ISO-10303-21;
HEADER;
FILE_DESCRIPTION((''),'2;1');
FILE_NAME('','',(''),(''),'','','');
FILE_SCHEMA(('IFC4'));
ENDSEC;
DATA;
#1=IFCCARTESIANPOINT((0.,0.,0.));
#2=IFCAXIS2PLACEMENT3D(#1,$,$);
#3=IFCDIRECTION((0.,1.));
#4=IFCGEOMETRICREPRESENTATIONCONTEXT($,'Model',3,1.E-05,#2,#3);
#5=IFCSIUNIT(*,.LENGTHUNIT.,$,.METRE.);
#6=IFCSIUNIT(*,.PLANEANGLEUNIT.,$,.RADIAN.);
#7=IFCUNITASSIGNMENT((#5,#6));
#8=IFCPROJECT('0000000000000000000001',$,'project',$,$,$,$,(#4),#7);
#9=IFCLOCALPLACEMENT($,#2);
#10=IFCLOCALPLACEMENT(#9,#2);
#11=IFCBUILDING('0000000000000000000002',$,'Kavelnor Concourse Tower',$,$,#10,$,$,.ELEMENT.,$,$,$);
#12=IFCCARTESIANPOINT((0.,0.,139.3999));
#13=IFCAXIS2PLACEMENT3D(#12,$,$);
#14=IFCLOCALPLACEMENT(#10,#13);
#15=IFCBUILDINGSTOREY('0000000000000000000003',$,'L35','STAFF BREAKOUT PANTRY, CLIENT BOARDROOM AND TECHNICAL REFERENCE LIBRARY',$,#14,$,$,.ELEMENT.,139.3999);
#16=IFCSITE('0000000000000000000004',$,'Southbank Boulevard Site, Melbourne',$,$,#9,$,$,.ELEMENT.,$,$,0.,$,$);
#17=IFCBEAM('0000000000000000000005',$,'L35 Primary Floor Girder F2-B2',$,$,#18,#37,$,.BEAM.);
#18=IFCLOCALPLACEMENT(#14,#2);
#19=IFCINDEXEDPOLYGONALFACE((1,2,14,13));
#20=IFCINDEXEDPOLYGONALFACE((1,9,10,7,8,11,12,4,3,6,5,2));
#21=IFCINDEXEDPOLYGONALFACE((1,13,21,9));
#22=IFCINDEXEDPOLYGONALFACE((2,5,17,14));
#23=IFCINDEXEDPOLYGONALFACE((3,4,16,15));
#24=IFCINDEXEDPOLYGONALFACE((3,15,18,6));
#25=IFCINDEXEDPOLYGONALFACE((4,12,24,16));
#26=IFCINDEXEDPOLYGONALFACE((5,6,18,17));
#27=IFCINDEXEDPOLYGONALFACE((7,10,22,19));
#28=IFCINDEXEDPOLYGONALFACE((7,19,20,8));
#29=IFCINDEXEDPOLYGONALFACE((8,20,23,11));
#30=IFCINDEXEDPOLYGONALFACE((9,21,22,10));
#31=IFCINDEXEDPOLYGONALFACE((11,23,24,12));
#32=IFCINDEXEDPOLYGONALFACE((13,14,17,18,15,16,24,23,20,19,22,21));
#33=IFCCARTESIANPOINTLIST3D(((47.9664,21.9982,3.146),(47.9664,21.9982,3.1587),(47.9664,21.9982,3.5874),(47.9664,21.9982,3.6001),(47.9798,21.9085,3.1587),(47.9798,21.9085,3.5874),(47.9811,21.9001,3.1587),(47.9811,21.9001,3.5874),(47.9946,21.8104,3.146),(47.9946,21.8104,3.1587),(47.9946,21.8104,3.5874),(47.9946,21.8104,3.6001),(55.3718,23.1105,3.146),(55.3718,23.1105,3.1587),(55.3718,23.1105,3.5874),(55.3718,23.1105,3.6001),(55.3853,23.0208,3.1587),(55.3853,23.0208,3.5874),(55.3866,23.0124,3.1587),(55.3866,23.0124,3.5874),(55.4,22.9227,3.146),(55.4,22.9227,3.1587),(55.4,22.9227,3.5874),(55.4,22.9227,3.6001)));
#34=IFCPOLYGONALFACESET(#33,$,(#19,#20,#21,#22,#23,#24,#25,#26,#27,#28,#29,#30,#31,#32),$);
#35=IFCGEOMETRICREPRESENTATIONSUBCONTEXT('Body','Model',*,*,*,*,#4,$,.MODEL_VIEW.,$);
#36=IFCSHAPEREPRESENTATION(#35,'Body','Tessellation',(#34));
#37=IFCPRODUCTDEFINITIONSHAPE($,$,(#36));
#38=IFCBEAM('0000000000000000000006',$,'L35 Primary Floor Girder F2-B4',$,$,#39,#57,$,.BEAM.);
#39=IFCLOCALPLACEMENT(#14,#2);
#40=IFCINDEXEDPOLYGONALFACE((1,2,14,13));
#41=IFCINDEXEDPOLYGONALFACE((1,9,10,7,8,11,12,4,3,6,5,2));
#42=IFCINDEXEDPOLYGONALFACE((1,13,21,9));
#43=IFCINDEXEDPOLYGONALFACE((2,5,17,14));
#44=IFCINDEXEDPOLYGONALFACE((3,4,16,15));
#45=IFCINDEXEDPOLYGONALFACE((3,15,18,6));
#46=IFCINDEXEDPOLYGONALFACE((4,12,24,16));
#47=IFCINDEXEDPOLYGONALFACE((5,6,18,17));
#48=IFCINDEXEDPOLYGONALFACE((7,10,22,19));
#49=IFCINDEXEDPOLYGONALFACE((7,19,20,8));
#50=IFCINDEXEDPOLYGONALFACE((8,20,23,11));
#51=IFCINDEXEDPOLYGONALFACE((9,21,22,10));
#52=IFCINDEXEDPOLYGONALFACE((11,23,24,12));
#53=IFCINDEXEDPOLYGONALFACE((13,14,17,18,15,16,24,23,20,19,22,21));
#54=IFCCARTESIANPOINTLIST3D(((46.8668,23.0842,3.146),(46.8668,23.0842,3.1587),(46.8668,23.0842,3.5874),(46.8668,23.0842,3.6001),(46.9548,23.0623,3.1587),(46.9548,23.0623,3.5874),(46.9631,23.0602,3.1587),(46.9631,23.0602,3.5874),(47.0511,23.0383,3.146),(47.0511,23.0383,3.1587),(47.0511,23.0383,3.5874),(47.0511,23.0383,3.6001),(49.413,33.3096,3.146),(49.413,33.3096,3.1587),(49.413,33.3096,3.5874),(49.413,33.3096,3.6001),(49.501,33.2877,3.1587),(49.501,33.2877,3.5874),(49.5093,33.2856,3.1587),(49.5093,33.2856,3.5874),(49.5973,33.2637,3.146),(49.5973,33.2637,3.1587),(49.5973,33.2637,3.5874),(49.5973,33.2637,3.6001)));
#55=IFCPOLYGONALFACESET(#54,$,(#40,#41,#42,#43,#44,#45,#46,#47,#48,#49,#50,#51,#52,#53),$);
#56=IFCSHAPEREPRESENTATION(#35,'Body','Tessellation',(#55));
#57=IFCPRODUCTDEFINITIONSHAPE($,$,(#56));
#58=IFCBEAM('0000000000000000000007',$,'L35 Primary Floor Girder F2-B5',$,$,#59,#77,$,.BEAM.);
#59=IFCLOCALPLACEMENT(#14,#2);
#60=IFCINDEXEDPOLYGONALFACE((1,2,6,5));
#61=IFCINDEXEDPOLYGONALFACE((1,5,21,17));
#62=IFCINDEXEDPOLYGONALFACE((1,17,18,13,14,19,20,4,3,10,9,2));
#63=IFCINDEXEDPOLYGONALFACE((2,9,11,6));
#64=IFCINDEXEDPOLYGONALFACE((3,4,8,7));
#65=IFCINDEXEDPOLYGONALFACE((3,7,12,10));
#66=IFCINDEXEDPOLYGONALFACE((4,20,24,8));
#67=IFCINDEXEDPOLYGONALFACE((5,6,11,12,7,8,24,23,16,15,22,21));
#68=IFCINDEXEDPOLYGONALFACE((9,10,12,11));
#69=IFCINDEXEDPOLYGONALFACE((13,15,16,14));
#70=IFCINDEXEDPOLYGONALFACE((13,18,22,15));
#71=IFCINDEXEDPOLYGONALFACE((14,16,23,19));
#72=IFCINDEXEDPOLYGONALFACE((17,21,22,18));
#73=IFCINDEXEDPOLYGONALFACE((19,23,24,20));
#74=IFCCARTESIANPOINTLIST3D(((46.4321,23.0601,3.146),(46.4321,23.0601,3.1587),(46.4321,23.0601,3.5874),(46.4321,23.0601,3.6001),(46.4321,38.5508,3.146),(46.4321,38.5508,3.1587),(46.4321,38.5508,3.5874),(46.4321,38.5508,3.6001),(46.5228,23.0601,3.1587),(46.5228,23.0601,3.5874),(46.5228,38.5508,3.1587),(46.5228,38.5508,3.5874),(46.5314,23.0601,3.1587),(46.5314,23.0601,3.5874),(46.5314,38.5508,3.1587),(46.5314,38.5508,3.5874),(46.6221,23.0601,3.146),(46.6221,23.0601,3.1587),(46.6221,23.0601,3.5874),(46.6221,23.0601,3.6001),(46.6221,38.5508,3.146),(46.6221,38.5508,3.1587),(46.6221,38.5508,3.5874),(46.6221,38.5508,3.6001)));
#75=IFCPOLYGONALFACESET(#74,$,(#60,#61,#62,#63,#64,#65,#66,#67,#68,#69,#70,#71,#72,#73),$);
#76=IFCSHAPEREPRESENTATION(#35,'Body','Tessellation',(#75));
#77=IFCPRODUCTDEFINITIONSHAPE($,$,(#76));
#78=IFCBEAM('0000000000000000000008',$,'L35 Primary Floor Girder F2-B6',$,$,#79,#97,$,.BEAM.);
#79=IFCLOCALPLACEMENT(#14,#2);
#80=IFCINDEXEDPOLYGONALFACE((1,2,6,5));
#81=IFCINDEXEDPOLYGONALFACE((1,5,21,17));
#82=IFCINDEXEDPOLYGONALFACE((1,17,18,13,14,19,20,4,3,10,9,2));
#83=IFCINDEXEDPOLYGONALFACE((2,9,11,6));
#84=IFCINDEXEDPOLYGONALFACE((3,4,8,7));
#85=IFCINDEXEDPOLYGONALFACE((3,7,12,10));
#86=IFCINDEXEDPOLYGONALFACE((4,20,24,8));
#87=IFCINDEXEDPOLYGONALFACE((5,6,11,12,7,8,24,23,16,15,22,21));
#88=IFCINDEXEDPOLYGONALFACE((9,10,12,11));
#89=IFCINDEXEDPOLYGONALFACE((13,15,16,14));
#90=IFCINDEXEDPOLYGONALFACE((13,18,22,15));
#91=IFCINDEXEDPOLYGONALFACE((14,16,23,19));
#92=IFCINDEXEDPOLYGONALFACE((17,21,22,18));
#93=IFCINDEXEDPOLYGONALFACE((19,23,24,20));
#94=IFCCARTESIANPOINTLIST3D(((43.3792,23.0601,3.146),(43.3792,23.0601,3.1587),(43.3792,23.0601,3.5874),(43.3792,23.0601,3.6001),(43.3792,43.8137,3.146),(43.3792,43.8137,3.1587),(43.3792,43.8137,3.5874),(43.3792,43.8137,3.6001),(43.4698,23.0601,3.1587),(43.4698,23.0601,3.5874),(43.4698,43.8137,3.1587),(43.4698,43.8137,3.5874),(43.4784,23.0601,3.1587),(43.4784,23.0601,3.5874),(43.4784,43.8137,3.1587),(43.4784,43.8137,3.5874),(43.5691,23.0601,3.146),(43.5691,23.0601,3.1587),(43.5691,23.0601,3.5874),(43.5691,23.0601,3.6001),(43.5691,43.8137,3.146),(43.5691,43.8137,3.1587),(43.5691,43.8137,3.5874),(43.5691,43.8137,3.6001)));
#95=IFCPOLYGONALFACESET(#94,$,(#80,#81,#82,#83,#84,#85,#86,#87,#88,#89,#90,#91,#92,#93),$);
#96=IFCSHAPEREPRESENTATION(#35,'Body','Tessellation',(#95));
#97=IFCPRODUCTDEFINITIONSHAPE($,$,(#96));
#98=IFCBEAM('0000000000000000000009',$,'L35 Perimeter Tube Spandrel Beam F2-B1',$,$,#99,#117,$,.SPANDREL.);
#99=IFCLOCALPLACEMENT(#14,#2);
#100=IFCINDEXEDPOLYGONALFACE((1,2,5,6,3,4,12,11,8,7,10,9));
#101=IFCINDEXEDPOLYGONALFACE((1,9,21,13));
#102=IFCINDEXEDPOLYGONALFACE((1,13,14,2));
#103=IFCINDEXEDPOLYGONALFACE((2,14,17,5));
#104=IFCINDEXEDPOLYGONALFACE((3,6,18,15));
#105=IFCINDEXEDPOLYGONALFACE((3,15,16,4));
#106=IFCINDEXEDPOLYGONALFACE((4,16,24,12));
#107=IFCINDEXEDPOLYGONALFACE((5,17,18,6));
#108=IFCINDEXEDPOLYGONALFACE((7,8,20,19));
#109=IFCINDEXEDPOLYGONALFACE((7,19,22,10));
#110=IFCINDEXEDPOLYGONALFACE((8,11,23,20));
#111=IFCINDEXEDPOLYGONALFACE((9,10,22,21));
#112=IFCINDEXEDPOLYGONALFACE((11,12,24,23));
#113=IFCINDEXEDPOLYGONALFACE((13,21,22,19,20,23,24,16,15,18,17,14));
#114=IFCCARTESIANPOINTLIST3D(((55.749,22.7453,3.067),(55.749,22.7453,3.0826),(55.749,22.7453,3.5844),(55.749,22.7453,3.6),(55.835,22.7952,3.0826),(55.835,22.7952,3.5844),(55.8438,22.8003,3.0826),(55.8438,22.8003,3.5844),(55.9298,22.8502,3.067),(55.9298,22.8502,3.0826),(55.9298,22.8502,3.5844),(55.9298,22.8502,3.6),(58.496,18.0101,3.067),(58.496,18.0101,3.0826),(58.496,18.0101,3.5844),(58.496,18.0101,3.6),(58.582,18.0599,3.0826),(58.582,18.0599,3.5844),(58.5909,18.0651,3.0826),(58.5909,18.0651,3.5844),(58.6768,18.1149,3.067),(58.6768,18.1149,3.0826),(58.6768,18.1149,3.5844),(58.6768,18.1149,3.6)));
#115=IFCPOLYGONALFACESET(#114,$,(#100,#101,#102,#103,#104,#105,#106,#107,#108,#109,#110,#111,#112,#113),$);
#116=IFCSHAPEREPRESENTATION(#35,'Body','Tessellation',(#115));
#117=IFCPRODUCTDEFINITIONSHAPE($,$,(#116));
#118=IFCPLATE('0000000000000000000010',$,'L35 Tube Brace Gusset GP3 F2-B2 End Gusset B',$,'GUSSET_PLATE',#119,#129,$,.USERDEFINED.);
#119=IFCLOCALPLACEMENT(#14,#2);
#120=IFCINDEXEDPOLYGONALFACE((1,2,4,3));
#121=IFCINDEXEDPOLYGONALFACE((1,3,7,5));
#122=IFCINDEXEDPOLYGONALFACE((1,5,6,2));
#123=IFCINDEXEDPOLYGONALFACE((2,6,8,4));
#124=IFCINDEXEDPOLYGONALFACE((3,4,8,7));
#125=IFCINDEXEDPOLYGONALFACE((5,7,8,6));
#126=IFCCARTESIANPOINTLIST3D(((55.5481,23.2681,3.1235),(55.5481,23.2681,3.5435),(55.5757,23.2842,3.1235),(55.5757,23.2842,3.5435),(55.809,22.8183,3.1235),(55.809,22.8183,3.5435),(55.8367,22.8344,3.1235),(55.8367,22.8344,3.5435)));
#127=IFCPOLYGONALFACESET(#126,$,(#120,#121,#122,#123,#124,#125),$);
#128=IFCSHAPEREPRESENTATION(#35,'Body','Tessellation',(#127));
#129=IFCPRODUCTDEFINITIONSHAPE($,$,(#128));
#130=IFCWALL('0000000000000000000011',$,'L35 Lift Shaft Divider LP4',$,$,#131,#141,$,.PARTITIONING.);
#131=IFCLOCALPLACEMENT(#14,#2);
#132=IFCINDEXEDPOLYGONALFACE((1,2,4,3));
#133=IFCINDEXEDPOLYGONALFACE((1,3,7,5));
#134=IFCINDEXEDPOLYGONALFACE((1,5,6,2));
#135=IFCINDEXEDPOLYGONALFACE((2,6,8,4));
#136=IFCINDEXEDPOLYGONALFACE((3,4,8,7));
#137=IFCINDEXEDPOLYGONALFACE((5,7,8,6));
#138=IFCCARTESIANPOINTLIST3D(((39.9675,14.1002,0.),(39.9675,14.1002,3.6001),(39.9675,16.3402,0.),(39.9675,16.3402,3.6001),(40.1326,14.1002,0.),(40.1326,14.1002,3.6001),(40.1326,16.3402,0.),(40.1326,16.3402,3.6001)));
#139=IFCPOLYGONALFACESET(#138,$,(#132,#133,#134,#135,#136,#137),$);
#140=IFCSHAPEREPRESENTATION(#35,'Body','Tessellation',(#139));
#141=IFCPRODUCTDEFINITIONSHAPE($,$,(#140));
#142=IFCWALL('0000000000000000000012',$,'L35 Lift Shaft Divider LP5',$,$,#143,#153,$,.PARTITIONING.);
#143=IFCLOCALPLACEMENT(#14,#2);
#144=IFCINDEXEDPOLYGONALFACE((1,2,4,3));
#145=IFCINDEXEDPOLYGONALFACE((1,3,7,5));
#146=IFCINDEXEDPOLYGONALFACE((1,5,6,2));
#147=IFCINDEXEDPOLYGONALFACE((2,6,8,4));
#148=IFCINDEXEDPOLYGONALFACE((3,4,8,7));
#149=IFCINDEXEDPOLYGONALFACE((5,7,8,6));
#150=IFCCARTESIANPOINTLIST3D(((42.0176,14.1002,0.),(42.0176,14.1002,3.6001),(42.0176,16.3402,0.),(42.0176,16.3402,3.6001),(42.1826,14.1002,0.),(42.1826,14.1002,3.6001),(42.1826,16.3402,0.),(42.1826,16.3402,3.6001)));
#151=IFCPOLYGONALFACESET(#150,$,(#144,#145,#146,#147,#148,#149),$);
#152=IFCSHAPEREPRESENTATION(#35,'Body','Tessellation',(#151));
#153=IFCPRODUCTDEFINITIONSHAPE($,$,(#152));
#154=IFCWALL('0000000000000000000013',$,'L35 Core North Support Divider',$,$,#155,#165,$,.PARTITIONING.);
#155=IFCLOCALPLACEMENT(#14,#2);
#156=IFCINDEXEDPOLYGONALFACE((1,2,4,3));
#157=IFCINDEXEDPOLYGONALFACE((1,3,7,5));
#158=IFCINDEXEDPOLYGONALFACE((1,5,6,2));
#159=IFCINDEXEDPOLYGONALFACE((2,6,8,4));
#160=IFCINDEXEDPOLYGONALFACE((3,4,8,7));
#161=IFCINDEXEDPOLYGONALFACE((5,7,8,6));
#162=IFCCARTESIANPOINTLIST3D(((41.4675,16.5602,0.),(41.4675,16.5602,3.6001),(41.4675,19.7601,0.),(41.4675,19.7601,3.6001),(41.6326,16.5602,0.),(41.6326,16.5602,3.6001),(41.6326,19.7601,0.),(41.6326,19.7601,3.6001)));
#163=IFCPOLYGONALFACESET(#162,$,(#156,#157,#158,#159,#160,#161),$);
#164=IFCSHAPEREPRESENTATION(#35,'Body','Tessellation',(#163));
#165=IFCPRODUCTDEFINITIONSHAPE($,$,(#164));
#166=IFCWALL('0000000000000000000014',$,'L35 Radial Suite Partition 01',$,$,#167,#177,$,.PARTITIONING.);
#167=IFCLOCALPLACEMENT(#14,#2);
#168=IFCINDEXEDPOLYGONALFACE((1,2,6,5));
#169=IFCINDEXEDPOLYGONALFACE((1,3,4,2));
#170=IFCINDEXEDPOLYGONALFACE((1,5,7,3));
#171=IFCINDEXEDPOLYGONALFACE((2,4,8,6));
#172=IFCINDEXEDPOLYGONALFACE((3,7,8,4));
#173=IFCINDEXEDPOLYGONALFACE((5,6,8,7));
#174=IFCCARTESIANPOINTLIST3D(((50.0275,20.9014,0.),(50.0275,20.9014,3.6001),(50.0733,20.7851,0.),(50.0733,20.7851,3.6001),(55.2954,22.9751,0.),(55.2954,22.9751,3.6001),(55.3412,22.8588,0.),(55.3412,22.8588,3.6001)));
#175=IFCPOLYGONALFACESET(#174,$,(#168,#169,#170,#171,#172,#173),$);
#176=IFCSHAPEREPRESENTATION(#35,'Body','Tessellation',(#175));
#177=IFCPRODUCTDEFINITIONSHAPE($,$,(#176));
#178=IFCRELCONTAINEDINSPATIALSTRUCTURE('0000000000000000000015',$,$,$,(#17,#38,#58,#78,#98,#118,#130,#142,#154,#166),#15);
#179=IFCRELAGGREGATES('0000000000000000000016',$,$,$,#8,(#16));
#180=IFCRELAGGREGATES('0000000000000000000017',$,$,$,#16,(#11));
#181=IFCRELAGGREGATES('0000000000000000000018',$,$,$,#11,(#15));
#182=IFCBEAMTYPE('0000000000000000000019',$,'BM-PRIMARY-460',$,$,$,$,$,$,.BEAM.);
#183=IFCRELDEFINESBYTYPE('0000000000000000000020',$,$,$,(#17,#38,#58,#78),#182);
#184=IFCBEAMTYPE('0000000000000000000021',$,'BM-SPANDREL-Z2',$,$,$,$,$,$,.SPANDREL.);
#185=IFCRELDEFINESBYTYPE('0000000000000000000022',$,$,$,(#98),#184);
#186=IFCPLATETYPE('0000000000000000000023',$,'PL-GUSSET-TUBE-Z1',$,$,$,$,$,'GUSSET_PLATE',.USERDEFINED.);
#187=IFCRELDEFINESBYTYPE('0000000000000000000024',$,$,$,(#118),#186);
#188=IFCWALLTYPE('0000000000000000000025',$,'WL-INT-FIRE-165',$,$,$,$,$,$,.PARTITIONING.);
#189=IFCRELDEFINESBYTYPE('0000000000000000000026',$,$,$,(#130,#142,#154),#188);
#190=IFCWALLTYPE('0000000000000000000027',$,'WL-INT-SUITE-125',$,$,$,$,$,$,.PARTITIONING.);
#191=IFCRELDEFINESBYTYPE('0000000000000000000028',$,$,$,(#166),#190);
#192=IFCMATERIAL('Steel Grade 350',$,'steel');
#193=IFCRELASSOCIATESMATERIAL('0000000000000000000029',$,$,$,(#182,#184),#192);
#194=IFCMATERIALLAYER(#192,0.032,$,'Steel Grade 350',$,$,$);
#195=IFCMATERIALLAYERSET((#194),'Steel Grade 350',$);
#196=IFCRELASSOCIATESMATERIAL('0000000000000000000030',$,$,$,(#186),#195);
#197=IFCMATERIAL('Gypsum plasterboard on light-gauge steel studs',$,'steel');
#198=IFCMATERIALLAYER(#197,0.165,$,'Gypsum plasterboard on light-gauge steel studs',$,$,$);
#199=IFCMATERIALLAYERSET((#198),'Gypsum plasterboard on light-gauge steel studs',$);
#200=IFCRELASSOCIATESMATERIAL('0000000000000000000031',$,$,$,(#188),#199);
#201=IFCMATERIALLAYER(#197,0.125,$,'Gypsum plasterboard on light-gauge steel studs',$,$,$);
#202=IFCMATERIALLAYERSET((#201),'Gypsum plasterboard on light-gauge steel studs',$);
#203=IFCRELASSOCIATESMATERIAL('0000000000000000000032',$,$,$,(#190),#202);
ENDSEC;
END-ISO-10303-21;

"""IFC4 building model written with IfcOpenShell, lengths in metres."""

from ifc_helpers import new_model, si_unit, direction, frame, frame_2d, origin, origin_2d, place, context, subcontext, project, spatial, rectangle, i_section, extrude, material, layer, layer_set, material_profile, profile_set, type_object, element, save


model = new_model("IFC4")

# Units and contexts
model_context = context("Model", 3, precision=1e-05, world=origin(), true_north=direction((0.0, 1.0)))
body_context = subcontext(model_context, "Body", "Model", "MODEL_VIEW")
ifc_project = project(units=[si_unit("LENGTHUNIT", "METRE"), si_unit("PLANEANGLEUNIT", "RADIAN")], contexts=[model_context])

# Site, building, storey
site_placement = place(None, origin())
site = spatial("IfcSite", under=ifc_project, at=site_placement, Name="Southbank Boulevard Site, Melbourne", CompositionType="ELEMENT", RefElevation=0.0)
building_placement = place(site_placement, origin())
building = spatial("IfcBuilding", under=site, at=building_placement, Name="Kavelnor Concourse Tower", CompositionType="ELEMENT")
storey_placement = place(building_placement, frame((0.0, 0.0, 139.3999)))
storey = spatial("IfcBuildingStorey", under=building, at=storey_placement, Name="L35", Description="STAFF BREAKOUT PANTRY, CLIENT BOARDROOM AND TECHNICAL REFERENCE LIBRARY", CompositionType="ELEMENT", Elevation=139.3999)

# Shared definitions
ifc_material_1 = material(Name="Steel Grade 350", Category="steel")

# Beams
ifc_material_profile_1 = material_profile(ifc_material_1, i_section(OverallWidth=0.1899, OverallDepth=0.4541, WebThickness=0.0085, FlangeThickness=0.0127, at=origin_2d()), Name="460UB67")
ifc_profile_set_1 = profile_set([ifc_material_profile_1], Name="Steel Grade 350")
beam_type_1 = type_object("IfcBeamType", Name="BM-PRIMARY-460", PredefinedType="BEAM", material=ifc_profile_set_1)
beam_1_placement = place(storey_placement, frame((47.9805, 21.9043, 3.373), z_axis=(0.988907, 0.148533, 0.0), x_axis=(-0.148533, 0.988907, 0.0)))
element("IfcBeam", 1, at=beam_1_placement, inside=storey, type_object=beam_type_1, Name="L35 Primary Floor Girder F2-B2", PredefinedType="BEAM", context=body_context, shape_type="SweptSolid", body=[
    extrude(i_section(OverallWidth=0.1899, OverallDepth=0.4541, WebThickness=0.0085, FlangeThickness=0.0127, at=origin_2d()), origin(), (0.0, 0.0, 1.0), 7.4885),
])
beam_2_placement = place(storey_placement, frame((46.959, 23.0613, 3.373), z_axis=(0.241625, 0.97037, 0.0), x_axis=(-0.97037, 0.241625, 0.0)))
element("IfcBeam", 2, at=beam_2_placement, inside=storey, type_object=beam_type_1, Name="L35 Primary Floor Girder F2-B4", PredefinedType="BEAM", context=body_context, shape_type="SweptSolid", body=[
    extrude(i_section(OverallWidth=0.1899, OverallDepth=0.4541, WebThickness=0.0085, FlangeThickness=0.0127, at=origin_2d()), origin(), (0.0, 0.0, 1.0), 10.5376),
])
beam_3_placement = place(storey_placement, frame((46.5271, 23.0601, 3.373), z_axis=(0.0, 1.0, 0.0), x_axis=(-1.0, 0.0, 0.0)))
element("IfcBeam", 3, at=beam_3_placement, inside=storey, type_object=beam_type_1, Name="L35 Primary Floor Girder F2-B5", PredefinedType="BEAM", context=body_context, shape_type="SweptSolid", body=[
    extrude(i_section(OverallWidth=0.1899, OverallDepth=0.4541, WebThickness=0.0085, FlangeThickness=0.0127, at=origin_2d()), origin(), (0.0, 0.0, 1.0), 15.4907),
])
beam_4_placement = place(storey_placement, frame((43.4741, 23.0601, 3.373), z_axis=(0.0, 1.0, 0.0), x_axis=(-1.0, 0.0, 0.0)))
element("IfcBeam", 4, at=beam_4_placement, inside=storey, type_object=beam_type_1, Name="L35 Primary Floor Girder F2-B6", PredefinedType="BEAM", context=body_context, shape_type="SweptSolid", body=[
    extrude(i_section(OverallWidth=0.1899, OverallDepth=0.4541, WebThickness=0.0085, FlangeThickness=0.0127, at=origin_2d()), origin(), (0.0, 0.0, 1.0), 20.7537),
])
ifc_material_profile_2 = material_profile(ifc_material_1, i_section(OverallWidth=0.209, OverallDepth=0.533, WebThickness=0.0103, FlangeThickness=0.0156, at=origin_2d()), Name="530UB92")
ifc_profile_set_2 = profile_set([ifc_material_profile_2], Name="Steel Grade 350")
beam_type_2 = type_object("IfcBeamType", Name="BM-SPANDREL-Z2", PredefinedType="SPANDREL", material=ifc_profile_set_2)
beam_5_placement = place(storey_placement, frame((58.5864, 18.0625, 3.3335), z_axis=(-0.501796, 0.864986, 0.0), x_axis=(-0.864986, -0.501796, 0.0)))
element("IfcBeam", 5, at=beam_5_placement, inside=storey, type_object=beam_type_2, Name="L35 Perimeter Tube Spandrel Beam F2-B1", PredefinedType="SPANDREL", context=body_context, shape_type="SweptSolid", body=[
    extrude(i_section(OverallWidth=0.209, OverallDepth=0.533, WebThickness=0.0103, FlangeThickness=0.0156, at=origin_2d()), origin(), (0.0, 0.0, 1.0), 5.4744),
])

# Plate
ifc_layer_1 = layer(ifc_material_1, 0.032, Name="Steel Grade 350")
ifc_layer_set_1 = layer_set([ifc_layer_1], Name="Steel Grade 350")
plate_type = type_object("IfcPlateType", Name="PL-GUSSET-TUBE-Z1", ElementType="GUSSET_PLATE", PredefinedType="USERDEFINED", material=ifc_layer_set_1)
plate_placement = place(storey_placement, frame((55.6924, 23.0513, 3.1235), z_axis=(0.0, 0.0, 1.0), x_axis=(0.501813, -0.864976, 0.0)))
element("IfcPlate", 6, at=plate_placement, inside=storey, type_object=plate_type, Name="L35 Tube Brace Gusset GP3 F2-B2 End Gusset B", ObjectType="GUSSET_PLATE", PredefinedType="USERDEFINED", context=body_context, shape_type="SweptSolid", body=[
    extrude(rectangle(XDim=0.52, YDim=0.032, at=origin_2d()), origin(), (0.0, 0.0, 1.0), 0.4199),
])

# Walls
ifc_material_2 = material(Name="Gypsum plasterboard on light-gauge steel studs", Category="steel")
ifc_layer_2 = layer(ifc_material_2, 0.165, Name="Gypsum plasterboard on light-gauge steel studs")
ifc_layer_set_2 = layer_set([ifc_layer_2], Name="Gypsum plasterboard on light-gauge steel studs")
wall_type_1 = type_object("IfcWallType", Name="WL-INT-FIRE-165", PredefinedType="PARTITIONING", material=ifc_layer_set_2)
for number, where, z_axis, x_axis, name in (
    (7, (40.05, 14.1001, 0.0), (0.0, 0.0, 1.0), (0.0, 1.0, 0.0), "L35 Lift Shaft Divider LP4"),
    (8, (42.1001, 14.1001, 0.0), (0.0, 0.0, 1.0), (0.0, 1.0, 0.0), "L35 Lift Shaft Divider LP5"),
):
    element("IfcWall", number, at=place(storey_placement, frame(where, z_axis=z_axis, x_axis=x_axis)), inside=storey, type_object=wall_type_1, Name=name, PredefinedType="PARTITIONING", context=body_context, shape_type="SweptSolid", body=[
        extrude(rectangle(XDim=2.24, YDim=0.165, at=frame_2d((1.1201, 0.0))), origin(), (0.0, 0.0, 1.0), 3.6001),
    ])
wall_1_placement = place(storey_placement, frame((41.55, 16.5601, 0.0), z_axis=(0.0, 0.0, 1.0), x_axis=(0.0, 1.0, 0.0)))
element("IfcWall", 9, at=wall_1_placement, inside=storey, type_object=wall_type_1, Name="L35 Core North Support Divider", PredefinedType="PARTITIONING", context=body_context, shape_type="SweptSolid", body=[
    extrude(rectangle(XDim=3.2, YDim=0.165, at=frame_2d((1.6001, 0.0))), origin(), (0.0, 0.0, 1.0), 3.6001),
])
ifc_layer_3 = layer(ifc_material_2, 0.125, Name="Gypsum plasterboard on light-gauge steel studs")
ifc_layer_set_3 = layer_set([ifc_layer_3], Name="Gypsum plasterboard on light-gauge steel studs")
wall_type_2 = type_object("IfcWallType", Name="WL-INT-SUITE-125", PredefinedType="PARTITIONING", material=ifc_layer_set_3)
wall_2_placement = place(storey_placement, frame((50.0505, 20.8433, 0.0), z_axis=(0.0, 0.0, 1.0), x_axis=(0.930497, 0.366299, 0.0)))
element("IfcWall", 10, at=wall_2_placement, inside=storey, type_object=wall_type_2, Name="L35 Radial Suite Partition 01", PredefinedType="PARTITIONING", context=body_context, shape_type="SweptSolid", body=[
    extrude(rectangle(XDim=5.6614, YDim=0.125, at=frame_2d((2.8306, 0.0))), origin(), (0.0, 0.0, 1.0), 3.6001),
])

save(model, "model.ifc")
